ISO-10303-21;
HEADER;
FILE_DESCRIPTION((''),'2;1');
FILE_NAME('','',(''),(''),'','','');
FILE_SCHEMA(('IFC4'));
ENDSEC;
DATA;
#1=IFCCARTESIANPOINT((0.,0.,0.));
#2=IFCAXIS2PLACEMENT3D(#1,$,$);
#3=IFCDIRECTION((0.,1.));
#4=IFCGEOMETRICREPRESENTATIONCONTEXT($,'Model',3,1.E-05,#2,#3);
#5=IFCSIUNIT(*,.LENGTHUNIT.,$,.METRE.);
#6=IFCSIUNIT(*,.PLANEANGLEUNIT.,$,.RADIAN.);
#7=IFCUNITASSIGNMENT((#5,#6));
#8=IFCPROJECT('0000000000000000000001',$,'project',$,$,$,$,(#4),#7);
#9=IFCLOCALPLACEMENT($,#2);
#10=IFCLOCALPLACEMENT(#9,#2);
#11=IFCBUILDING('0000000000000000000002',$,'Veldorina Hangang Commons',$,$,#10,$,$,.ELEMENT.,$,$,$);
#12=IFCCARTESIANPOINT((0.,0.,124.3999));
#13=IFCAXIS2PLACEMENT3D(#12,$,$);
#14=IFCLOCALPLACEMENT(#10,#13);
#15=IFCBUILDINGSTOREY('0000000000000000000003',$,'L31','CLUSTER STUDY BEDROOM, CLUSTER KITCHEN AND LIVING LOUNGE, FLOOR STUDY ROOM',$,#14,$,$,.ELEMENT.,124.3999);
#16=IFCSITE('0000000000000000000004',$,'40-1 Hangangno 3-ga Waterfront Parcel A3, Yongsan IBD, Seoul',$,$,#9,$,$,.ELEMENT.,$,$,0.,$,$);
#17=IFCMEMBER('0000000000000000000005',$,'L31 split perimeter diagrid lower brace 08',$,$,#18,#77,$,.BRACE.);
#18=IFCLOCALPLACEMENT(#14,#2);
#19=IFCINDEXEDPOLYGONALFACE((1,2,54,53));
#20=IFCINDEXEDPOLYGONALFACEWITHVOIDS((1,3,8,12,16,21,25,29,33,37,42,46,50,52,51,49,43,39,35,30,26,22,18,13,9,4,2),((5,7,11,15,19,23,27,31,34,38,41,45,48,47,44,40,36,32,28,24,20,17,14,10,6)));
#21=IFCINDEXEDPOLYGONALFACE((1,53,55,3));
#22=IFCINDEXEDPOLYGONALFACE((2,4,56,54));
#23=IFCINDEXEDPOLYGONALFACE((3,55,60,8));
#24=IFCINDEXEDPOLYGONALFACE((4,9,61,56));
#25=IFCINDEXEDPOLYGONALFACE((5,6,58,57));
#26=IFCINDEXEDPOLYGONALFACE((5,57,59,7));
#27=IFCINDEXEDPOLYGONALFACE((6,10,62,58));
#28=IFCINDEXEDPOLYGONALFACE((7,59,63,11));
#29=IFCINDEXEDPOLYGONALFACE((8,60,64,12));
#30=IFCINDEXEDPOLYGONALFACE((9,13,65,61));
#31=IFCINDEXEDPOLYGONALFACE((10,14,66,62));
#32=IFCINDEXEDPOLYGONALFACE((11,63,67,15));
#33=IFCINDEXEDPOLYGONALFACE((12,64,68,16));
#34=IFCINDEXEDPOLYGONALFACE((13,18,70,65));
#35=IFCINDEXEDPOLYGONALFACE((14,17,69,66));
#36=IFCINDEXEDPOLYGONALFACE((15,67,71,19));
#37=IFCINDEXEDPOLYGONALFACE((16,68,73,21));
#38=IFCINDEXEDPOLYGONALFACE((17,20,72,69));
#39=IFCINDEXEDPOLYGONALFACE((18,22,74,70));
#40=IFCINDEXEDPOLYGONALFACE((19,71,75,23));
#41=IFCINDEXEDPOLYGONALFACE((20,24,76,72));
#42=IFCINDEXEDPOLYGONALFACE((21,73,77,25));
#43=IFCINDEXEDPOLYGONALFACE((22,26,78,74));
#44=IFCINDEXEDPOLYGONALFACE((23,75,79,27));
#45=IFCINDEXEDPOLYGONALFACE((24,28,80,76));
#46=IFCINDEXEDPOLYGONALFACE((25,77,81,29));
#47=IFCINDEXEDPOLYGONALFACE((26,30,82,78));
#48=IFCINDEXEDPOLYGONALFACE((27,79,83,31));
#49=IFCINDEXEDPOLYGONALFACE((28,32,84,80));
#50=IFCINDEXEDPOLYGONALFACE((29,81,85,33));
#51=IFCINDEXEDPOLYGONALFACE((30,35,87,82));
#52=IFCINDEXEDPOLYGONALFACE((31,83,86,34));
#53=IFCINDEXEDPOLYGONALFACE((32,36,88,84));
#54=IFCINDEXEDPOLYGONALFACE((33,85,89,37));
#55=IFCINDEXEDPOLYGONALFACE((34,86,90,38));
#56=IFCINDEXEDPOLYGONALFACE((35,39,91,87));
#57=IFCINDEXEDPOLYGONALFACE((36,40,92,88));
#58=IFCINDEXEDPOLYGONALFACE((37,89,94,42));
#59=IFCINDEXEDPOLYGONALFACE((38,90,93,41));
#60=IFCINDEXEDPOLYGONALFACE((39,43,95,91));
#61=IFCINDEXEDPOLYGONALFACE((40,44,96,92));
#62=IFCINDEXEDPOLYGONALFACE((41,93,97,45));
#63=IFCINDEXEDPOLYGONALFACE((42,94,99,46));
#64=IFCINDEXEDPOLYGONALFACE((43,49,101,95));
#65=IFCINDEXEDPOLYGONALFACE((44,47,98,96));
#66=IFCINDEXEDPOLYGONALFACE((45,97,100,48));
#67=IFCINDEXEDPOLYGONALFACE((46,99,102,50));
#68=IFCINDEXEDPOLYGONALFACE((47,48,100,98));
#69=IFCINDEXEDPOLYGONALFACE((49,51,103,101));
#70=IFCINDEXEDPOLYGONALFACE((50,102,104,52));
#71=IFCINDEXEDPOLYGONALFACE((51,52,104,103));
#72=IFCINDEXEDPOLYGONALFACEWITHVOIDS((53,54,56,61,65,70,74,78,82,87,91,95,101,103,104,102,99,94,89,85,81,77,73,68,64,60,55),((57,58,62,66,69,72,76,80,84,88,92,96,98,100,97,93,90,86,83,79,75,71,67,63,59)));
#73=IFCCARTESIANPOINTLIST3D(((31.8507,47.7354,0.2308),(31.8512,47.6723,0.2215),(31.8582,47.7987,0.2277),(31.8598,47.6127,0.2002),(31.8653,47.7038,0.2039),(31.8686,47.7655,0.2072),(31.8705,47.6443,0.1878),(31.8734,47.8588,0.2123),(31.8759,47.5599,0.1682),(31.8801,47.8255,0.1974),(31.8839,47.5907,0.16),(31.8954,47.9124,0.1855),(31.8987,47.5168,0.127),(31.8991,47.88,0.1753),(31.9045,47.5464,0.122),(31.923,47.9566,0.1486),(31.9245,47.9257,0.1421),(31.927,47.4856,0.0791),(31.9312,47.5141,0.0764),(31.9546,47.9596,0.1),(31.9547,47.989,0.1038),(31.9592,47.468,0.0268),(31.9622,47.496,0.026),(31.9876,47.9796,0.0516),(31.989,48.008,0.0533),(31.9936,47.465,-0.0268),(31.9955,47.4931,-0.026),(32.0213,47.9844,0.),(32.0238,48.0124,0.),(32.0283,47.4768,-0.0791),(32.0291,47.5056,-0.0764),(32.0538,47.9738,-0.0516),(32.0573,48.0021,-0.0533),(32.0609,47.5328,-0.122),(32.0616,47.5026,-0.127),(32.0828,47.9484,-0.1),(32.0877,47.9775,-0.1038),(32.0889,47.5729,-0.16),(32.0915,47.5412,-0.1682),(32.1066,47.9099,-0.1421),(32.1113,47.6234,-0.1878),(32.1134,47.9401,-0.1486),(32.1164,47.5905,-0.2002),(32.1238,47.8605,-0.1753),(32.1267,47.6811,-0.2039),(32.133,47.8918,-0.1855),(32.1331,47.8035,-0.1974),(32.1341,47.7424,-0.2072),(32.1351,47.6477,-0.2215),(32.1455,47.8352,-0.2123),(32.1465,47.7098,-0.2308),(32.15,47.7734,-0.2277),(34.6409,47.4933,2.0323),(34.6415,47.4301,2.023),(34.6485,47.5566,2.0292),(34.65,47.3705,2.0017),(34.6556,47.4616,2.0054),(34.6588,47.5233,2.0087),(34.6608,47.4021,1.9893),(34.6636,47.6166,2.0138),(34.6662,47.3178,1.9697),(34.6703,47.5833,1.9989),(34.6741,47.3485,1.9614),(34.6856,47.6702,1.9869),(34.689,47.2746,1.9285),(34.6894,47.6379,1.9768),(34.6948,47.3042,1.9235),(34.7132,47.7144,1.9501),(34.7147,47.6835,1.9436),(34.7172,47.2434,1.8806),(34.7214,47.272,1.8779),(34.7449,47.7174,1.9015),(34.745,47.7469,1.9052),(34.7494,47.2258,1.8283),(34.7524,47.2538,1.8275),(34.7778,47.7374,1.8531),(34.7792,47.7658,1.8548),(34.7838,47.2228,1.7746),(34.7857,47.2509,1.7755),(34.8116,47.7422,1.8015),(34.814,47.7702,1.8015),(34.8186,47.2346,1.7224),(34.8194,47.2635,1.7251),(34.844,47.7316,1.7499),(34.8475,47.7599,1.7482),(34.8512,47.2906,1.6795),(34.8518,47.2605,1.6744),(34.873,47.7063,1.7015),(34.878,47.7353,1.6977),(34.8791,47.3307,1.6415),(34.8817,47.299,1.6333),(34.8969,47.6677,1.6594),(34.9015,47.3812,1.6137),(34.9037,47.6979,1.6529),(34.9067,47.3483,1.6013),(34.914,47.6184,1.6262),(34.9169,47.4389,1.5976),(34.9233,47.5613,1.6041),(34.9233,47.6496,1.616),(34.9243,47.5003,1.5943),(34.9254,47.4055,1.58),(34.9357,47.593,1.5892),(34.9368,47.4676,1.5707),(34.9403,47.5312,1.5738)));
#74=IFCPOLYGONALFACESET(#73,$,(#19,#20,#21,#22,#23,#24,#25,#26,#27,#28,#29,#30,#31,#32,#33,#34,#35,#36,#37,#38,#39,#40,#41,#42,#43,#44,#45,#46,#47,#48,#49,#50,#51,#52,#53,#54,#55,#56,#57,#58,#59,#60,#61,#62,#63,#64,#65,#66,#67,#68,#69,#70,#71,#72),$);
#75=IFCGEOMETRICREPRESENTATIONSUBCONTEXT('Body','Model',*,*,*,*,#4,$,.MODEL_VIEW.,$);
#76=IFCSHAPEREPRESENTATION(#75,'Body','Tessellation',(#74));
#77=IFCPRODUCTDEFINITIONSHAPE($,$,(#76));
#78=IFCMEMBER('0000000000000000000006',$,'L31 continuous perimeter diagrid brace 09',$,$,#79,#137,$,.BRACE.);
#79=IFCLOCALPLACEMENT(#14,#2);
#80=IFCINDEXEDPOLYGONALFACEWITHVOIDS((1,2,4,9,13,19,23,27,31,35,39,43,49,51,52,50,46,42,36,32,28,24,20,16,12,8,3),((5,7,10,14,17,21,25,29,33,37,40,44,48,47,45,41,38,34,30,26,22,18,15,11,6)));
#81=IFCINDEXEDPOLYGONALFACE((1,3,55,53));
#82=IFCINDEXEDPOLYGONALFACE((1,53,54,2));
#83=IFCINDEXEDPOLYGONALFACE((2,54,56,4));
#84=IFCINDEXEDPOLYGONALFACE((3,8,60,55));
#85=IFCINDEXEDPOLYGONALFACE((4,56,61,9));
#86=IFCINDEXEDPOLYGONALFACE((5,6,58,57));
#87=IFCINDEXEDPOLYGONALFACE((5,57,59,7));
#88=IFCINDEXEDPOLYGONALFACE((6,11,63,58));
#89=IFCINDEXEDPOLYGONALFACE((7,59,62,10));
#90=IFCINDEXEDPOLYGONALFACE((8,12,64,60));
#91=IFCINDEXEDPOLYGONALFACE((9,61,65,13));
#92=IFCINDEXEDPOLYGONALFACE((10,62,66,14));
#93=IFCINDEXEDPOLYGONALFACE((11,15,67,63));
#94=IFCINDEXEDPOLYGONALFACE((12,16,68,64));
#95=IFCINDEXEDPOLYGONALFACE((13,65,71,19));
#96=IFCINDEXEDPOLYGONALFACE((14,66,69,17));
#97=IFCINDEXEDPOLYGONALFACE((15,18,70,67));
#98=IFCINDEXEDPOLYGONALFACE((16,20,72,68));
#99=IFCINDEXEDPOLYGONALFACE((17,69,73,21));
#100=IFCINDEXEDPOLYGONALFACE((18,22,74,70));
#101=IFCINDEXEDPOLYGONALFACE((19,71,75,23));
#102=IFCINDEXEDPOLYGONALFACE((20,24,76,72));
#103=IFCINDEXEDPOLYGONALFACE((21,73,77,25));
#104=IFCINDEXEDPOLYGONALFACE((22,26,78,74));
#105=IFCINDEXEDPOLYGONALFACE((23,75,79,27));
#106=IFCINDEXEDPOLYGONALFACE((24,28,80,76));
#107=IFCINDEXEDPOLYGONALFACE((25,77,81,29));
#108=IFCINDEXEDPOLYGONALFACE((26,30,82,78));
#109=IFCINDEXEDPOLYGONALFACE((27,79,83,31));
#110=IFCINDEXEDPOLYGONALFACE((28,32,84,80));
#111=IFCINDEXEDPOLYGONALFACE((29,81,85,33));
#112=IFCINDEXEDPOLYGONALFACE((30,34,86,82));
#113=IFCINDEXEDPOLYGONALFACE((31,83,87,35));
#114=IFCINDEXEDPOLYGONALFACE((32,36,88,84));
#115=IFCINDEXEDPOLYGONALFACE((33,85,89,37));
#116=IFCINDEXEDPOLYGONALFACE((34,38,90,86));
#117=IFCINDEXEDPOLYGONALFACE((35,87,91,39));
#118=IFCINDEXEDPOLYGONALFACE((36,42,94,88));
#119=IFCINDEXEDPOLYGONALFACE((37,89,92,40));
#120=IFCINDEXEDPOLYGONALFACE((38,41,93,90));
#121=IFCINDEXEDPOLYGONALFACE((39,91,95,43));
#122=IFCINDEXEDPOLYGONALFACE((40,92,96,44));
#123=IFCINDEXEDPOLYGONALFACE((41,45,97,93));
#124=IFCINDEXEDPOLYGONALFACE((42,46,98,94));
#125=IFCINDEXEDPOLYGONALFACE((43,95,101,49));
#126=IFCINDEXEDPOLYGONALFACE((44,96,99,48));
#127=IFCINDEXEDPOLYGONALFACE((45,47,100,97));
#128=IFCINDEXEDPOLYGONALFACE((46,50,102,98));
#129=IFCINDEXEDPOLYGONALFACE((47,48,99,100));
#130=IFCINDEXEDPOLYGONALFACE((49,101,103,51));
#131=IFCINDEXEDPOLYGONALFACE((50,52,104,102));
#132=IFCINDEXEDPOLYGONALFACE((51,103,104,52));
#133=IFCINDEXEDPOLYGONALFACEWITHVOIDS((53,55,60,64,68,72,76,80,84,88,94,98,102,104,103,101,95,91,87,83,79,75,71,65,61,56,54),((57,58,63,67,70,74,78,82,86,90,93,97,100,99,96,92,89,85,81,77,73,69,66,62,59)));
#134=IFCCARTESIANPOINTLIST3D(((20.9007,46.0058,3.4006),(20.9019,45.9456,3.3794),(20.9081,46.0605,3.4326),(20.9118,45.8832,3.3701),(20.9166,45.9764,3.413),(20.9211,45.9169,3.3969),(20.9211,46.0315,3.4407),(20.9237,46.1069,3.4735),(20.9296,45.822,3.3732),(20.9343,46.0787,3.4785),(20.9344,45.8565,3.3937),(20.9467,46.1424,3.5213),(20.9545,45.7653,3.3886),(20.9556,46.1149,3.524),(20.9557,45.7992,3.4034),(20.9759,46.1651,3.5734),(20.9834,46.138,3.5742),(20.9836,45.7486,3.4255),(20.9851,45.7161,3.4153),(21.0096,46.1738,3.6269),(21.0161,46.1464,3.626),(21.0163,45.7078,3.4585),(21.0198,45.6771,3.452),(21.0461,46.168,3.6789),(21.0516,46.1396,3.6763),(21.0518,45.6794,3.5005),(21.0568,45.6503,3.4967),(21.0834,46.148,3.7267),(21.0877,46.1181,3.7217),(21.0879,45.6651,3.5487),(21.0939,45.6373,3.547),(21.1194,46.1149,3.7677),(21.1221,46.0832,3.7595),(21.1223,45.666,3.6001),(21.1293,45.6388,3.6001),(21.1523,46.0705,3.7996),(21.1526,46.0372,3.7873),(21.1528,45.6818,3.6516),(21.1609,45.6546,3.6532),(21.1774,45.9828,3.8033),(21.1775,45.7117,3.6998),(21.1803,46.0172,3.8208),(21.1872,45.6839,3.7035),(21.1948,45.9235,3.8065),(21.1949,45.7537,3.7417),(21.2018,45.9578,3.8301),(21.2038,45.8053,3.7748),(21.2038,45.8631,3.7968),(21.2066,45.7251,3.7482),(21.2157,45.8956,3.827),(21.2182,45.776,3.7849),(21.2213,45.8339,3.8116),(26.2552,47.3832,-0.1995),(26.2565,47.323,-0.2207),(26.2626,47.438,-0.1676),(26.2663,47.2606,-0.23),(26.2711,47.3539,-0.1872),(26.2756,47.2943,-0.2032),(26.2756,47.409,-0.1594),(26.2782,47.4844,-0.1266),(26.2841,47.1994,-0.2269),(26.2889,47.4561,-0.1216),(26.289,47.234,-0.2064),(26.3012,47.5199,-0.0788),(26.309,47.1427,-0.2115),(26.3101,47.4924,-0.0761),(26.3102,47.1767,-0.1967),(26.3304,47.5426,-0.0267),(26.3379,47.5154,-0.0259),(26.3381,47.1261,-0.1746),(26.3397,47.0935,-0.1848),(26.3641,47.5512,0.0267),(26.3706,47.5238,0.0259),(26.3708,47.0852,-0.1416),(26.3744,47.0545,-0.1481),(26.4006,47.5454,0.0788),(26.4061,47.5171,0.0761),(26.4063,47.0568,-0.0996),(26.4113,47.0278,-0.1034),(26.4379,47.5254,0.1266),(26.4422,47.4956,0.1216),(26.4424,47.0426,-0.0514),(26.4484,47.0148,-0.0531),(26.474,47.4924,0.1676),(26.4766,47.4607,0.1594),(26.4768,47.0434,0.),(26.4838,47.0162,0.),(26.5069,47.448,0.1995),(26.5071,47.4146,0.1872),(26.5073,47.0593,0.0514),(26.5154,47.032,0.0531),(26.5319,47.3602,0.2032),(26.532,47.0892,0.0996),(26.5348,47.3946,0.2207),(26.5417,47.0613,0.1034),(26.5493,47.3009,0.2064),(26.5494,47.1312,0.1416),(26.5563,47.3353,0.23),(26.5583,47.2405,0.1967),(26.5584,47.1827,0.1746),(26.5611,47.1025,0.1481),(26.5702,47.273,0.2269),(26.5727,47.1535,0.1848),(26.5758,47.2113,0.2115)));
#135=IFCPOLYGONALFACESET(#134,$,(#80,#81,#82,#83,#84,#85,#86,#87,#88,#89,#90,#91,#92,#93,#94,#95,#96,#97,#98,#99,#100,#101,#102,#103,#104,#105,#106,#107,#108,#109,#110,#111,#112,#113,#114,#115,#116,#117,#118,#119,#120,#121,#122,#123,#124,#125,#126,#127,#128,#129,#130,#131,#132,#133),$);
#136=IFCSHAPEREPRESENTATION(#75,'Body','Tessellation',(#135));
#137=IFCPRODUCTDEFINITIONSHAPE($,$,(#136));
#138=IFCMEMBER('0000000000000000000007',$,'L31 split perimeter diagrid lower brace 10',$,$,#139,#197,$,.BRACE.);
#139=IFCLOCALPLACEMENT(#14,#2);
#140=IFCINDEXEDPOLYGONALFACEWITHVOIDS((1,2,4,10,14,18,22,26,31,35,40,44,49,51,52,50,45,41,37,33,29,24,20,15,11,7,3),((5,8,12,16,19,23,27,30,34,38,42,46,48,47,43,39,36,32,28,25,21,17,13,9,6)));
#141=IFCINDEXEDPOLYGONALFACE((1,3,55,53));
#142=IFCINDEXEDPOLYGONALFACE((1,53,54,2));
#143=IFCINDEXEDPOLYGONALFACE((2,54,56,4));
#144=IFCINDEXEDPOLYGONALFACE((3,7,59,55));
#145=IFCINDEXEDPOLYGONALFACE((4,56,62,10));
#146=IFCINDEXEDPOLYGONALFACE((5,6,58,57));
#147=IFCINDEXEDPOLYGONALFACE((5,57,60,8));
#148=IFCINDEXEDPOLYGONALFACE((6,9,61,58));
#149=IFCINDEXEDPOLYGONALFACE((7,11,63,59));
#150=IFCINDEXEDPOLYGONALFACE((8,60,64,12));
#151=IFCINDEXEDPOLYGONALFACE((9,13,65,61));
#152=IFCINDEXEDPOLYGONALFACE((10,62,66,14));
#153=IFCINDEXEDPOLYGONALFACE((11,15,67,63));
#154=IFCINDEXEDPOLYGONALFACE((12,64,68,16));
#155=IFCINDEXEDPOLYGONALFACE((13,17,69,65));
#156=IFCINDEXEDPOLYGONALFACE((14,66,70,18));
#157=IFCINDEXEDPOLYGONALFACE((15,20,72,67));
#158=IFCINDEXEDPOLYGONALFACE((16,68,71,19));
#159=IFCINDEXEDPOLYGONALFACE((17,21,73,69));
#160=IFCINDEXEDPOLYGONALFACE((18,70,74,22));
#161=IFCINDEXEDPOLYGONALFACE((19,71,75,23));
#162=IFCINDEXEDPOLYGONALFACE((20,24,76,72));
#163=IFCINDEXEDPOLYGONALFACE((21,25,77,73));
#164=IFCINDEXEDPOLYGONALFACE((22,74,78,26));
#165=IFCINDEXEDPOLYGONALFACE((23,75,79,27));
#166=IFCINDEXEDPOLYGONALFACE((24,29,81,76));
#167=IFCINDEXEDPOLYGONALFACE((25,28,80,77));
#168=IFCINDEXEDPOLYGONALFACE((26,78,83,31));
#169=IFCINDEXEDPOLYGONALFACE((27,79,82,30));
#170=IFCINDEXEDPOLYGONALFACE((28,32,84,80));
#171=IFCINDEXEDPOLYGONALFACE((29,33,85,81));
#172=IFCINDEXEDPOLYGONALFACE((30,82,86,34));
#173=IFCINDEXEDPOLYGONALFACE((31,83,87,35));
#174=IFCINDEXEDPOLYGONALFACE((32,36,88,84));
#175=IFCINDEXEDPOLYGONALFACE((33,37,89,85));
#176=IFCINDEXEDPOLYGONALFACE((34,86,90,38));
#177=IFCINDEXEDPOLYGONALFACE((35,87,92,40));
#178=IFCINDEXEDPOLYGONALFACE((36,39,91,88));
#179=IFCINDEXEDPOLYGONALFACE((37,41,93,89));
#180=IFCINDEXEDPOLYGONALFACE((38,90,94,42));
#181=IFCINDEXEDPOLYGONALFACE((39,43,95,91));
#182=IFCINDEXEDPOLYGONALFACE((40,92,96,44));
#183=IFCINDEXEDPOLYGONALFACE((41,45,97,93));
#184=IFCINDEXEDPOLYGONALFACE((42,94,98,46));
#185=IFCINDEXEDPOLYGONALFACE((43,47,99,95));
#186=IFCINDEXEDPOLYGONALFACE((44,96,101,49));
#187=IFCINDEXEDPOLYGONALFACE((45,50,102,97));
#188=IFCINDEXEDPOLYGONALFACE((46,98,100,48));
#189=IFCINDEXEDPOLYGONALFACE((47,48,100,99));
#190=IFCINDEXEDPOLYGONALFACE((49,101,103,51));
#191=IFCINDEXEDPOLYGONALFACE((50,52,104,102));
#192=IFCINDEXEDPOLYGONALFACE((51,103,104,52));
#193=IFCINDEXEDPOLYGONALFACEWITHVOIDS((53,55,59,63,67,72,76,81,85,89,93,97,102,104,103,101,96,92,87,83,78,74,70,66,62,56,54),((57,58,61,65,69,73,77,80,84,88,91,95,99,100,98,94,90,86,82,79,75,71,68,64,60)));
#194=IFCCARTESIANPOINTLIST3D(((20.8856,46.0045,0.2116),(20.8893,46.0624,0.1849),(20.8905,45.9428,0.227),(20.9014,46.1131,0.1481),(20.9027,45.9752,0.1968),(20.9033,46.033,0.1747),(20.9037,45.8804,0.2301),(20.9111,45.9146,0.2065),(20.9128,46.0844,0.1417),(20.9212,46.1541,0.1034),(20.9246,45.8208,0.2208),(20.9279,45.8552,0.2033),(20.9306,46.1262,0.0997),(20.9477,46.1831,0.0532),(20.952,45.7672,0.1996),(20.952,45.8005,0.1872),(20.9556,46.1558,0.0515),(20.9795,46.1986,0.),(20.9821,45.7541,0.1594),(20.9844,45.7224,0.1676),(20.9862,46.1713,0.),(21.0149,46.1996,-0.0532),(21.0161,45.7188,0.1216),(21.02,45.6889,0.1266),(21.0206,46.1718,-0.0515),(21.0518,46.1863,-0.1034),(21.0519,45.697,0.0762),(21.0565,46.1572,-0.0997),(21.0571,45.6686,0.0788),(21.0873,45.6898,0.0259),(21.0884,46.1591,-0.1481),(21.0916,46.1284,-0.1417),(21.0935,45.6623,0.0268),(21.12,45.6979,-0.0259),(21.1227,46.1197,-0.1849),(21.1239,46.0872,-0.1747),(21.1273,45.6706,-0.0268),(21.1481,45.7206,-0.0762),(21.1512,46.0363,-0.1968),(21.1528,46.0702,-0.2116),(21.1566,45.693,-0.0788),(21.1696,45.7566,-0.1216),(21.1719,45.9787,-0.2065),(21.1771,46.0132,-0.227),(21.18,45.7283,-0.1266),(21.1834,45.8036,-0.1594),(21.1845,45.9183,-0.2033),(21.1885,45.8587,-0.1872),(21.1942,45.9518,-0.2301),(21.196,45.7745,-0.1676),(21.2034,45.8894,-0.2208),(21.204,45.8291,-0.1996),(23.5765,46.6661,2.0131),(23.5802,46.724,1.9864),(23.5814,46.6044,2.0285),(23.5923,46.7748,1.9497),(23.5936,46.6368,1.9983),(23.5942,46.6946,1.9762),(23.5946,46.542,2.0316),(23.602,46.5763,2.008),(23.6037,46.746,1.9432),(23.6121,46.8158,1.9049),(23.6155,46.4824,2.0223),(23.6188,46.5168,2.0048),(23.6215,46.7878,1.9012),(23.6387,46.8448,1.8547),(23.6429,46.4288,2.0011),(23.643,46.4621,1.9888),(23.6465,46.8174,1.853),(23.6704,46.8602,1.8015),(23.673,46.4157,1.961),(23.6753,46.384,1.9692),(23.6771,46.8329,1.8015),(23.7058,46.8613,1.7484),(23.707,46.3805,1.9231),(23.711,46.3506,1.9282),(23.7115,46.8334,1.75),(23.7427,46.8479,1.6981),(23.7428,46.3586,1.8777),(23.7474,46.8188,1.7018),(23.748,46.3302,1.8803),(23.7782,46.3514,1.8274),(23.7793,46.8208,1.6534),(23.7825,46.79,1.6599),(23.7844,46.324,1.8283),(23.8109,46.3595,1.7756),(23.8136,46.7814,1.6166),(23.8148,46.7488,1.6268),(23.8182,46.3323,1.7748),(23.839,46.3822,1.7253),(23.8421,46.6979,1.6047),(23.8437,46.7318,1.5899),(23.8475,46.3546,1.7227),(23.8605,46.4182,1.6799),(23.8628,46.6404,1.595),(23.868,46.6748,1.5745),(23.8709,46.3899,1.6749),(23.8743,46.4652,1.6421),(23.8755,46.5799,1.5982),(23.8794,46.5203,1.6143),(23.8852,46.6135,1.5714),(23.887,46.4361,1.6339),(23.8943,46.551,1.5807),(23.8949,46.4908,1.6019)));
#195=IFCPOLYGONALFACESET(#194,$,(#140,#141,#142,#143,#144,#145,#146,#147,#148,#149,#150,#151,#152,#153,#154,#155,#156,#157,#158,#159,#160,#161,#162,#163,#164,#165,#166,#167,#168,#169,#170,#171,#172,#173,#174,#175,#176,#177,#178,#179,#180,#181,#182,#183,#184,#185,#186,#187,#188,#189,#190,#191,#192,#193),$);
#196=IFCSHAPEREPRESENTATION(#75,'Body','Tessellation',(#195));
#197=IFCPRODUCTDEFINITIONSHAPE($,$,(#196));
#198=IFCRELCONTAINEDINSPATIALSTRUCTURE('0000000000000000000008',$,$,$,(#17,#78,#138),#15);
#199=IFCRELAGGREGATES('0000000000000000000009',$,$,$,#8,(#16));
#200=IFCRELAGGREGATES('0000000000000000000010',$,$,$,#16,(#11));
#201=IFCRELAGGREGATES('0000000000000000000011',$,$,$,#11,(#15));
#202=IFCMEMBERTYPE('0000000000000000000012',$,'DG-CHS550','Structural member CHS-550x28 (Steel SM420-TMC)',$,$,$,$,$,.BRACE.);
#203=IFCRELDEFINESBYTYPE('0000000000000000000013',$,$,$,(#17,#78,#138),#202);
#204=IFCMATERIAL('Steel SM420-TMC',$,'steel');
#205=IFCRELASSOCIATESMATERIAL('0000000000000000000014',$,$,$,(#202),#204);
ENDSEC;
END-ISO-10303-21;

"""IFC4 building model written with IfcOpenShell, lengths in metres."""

from ifc_helpers import new_model, si_unit, direction, frame, origin, origin_2d, place, context, subcontext, project, spatial, hollow_circle, extrude, material, material_profile, profile_set, type_object, element, save


model = new_model("IFC4")

# Units and contexts
model_context = context("Model", 3, precision=1e-05, world=origin(), true_north=direction((0.0, 1.0)))
body_context = subcontext(model_context, "Body", "Model", "MODEL_VIEW")
ifc_project = project(units=[si_unit("LENGTHUNIT", "METRE"), si_unit("PLANEANGLEUNIT", "RADIAN")], contexts=[model_context])

# Site, building, storey
site_placement = place(None, origin())
site = spatial("IfcSite", under=ifc_project, at=site_placement, Name="40-1 Hangangno 3-ga Waterfront Parcel A3, Yongsan IBD, Seoul", CompositionType="ELEMENT", RefElevation=0.0)
building_placement = place(site_placement, origin())
building = spatial("IfcBuilding", under=site, at=building_placement, Name="Veldorina Hangang Commons", CompositionType="ELEMENT")
storey_placement = place(building_placement, frame((0.0, 0.0, 124.3999)))
storey = spatial("IfcBuildingStorey", under=building, at=storey_placement, Name="L31", Description="CLUSTER STUDY BEDROOM, CLUSTER KITCHEN AND LIVING LOUNGE, FLOOR STUDY ROOM", CompositionType="ELEMENT", Elevation=124.3999)

# Shared definitions
ifc_material_1 = material(Name="Steel SM420-TMC", Category="steel")

# Members
ifc_material_profile_1 = material_profile(ifc_material_1, hollow_circle(Radius=0.2749, WallThickness=0.0281, at=origin_2d()), Name="CHS-550x28")
ifc_profile_set_1 = profile_set([ifc_material_profile_1], Name="Steel SM420-TMC")
member_type = type_object("IfcMemberType", Name="DG-CHS550", Description="Structural member CHS-550x28 (Steel SM420-TMC)", PredefinedType="BRACE", material=ifc_profile_set_1)
member_1_placement = place(storey_placement, frame((32.0, 47.7385, 0.0), z_axis=(0.837889, -0.072726, 0.540973), x_axis=(0.086472, 0.996254, 0.0)))
element("IfcMember", 1, at=member_1_placement, inside=storey, type_object=member_type, Name="L31 split perimeter diagrid lower brace 08", PredefinedType="BRACE", context=body_context, shape_type="SweptSolid", body=[
    extrude(hollow_circle(Radius=0.2749, WallThickness=0.0281, at=origin_2d()), origin(), (0.0, 0.0, 1.0), 3.3301),
])
member_2_placement = place(storey_placement, frame((26.4153, 47.2825, 0.0), z_axis=(-0.811579, -0.208778, 0.545666), x_axis=(0.249138, -0.968468, 0.0)))
element("IfcMember", 2, at=member_2_placement, inside=storey, type_object=member_type, Name="L31 continuous perimeter diagrid brace 09", PredefinedType="BRACE", context=body_context, shape_type="SweptSolid", body=[
    extrude(hollow_circle(Radius=0.2749, WallThickness=0.0281, at=origin_2d()), origin(), (0.0, 0.0, 1.0), 6.5977),
])
member_3_placement = place(storey_placement, frame((21.0452, 45.9316, 0.0), z_axis=(0.814151, 0.200177, 0.545057), x_axis=(-0.238761, 0.971078, 0.0)))
element("IfcMember", 3, at=member_3_placement, inside=storey, type_object=member_type, Name="L31 split perimeter diagrid lower brace 10", PredefinedType="BRACE", context=body_context, shape_type="SweptSolid", body=[
    extrude(hollow_circle(Radius=0.2749, WallThickness=0.0281, at=origin_2d()), origin(), (0.0, 0.0, 1.0), 3.3052),
])

save(model, "model.ifc")
